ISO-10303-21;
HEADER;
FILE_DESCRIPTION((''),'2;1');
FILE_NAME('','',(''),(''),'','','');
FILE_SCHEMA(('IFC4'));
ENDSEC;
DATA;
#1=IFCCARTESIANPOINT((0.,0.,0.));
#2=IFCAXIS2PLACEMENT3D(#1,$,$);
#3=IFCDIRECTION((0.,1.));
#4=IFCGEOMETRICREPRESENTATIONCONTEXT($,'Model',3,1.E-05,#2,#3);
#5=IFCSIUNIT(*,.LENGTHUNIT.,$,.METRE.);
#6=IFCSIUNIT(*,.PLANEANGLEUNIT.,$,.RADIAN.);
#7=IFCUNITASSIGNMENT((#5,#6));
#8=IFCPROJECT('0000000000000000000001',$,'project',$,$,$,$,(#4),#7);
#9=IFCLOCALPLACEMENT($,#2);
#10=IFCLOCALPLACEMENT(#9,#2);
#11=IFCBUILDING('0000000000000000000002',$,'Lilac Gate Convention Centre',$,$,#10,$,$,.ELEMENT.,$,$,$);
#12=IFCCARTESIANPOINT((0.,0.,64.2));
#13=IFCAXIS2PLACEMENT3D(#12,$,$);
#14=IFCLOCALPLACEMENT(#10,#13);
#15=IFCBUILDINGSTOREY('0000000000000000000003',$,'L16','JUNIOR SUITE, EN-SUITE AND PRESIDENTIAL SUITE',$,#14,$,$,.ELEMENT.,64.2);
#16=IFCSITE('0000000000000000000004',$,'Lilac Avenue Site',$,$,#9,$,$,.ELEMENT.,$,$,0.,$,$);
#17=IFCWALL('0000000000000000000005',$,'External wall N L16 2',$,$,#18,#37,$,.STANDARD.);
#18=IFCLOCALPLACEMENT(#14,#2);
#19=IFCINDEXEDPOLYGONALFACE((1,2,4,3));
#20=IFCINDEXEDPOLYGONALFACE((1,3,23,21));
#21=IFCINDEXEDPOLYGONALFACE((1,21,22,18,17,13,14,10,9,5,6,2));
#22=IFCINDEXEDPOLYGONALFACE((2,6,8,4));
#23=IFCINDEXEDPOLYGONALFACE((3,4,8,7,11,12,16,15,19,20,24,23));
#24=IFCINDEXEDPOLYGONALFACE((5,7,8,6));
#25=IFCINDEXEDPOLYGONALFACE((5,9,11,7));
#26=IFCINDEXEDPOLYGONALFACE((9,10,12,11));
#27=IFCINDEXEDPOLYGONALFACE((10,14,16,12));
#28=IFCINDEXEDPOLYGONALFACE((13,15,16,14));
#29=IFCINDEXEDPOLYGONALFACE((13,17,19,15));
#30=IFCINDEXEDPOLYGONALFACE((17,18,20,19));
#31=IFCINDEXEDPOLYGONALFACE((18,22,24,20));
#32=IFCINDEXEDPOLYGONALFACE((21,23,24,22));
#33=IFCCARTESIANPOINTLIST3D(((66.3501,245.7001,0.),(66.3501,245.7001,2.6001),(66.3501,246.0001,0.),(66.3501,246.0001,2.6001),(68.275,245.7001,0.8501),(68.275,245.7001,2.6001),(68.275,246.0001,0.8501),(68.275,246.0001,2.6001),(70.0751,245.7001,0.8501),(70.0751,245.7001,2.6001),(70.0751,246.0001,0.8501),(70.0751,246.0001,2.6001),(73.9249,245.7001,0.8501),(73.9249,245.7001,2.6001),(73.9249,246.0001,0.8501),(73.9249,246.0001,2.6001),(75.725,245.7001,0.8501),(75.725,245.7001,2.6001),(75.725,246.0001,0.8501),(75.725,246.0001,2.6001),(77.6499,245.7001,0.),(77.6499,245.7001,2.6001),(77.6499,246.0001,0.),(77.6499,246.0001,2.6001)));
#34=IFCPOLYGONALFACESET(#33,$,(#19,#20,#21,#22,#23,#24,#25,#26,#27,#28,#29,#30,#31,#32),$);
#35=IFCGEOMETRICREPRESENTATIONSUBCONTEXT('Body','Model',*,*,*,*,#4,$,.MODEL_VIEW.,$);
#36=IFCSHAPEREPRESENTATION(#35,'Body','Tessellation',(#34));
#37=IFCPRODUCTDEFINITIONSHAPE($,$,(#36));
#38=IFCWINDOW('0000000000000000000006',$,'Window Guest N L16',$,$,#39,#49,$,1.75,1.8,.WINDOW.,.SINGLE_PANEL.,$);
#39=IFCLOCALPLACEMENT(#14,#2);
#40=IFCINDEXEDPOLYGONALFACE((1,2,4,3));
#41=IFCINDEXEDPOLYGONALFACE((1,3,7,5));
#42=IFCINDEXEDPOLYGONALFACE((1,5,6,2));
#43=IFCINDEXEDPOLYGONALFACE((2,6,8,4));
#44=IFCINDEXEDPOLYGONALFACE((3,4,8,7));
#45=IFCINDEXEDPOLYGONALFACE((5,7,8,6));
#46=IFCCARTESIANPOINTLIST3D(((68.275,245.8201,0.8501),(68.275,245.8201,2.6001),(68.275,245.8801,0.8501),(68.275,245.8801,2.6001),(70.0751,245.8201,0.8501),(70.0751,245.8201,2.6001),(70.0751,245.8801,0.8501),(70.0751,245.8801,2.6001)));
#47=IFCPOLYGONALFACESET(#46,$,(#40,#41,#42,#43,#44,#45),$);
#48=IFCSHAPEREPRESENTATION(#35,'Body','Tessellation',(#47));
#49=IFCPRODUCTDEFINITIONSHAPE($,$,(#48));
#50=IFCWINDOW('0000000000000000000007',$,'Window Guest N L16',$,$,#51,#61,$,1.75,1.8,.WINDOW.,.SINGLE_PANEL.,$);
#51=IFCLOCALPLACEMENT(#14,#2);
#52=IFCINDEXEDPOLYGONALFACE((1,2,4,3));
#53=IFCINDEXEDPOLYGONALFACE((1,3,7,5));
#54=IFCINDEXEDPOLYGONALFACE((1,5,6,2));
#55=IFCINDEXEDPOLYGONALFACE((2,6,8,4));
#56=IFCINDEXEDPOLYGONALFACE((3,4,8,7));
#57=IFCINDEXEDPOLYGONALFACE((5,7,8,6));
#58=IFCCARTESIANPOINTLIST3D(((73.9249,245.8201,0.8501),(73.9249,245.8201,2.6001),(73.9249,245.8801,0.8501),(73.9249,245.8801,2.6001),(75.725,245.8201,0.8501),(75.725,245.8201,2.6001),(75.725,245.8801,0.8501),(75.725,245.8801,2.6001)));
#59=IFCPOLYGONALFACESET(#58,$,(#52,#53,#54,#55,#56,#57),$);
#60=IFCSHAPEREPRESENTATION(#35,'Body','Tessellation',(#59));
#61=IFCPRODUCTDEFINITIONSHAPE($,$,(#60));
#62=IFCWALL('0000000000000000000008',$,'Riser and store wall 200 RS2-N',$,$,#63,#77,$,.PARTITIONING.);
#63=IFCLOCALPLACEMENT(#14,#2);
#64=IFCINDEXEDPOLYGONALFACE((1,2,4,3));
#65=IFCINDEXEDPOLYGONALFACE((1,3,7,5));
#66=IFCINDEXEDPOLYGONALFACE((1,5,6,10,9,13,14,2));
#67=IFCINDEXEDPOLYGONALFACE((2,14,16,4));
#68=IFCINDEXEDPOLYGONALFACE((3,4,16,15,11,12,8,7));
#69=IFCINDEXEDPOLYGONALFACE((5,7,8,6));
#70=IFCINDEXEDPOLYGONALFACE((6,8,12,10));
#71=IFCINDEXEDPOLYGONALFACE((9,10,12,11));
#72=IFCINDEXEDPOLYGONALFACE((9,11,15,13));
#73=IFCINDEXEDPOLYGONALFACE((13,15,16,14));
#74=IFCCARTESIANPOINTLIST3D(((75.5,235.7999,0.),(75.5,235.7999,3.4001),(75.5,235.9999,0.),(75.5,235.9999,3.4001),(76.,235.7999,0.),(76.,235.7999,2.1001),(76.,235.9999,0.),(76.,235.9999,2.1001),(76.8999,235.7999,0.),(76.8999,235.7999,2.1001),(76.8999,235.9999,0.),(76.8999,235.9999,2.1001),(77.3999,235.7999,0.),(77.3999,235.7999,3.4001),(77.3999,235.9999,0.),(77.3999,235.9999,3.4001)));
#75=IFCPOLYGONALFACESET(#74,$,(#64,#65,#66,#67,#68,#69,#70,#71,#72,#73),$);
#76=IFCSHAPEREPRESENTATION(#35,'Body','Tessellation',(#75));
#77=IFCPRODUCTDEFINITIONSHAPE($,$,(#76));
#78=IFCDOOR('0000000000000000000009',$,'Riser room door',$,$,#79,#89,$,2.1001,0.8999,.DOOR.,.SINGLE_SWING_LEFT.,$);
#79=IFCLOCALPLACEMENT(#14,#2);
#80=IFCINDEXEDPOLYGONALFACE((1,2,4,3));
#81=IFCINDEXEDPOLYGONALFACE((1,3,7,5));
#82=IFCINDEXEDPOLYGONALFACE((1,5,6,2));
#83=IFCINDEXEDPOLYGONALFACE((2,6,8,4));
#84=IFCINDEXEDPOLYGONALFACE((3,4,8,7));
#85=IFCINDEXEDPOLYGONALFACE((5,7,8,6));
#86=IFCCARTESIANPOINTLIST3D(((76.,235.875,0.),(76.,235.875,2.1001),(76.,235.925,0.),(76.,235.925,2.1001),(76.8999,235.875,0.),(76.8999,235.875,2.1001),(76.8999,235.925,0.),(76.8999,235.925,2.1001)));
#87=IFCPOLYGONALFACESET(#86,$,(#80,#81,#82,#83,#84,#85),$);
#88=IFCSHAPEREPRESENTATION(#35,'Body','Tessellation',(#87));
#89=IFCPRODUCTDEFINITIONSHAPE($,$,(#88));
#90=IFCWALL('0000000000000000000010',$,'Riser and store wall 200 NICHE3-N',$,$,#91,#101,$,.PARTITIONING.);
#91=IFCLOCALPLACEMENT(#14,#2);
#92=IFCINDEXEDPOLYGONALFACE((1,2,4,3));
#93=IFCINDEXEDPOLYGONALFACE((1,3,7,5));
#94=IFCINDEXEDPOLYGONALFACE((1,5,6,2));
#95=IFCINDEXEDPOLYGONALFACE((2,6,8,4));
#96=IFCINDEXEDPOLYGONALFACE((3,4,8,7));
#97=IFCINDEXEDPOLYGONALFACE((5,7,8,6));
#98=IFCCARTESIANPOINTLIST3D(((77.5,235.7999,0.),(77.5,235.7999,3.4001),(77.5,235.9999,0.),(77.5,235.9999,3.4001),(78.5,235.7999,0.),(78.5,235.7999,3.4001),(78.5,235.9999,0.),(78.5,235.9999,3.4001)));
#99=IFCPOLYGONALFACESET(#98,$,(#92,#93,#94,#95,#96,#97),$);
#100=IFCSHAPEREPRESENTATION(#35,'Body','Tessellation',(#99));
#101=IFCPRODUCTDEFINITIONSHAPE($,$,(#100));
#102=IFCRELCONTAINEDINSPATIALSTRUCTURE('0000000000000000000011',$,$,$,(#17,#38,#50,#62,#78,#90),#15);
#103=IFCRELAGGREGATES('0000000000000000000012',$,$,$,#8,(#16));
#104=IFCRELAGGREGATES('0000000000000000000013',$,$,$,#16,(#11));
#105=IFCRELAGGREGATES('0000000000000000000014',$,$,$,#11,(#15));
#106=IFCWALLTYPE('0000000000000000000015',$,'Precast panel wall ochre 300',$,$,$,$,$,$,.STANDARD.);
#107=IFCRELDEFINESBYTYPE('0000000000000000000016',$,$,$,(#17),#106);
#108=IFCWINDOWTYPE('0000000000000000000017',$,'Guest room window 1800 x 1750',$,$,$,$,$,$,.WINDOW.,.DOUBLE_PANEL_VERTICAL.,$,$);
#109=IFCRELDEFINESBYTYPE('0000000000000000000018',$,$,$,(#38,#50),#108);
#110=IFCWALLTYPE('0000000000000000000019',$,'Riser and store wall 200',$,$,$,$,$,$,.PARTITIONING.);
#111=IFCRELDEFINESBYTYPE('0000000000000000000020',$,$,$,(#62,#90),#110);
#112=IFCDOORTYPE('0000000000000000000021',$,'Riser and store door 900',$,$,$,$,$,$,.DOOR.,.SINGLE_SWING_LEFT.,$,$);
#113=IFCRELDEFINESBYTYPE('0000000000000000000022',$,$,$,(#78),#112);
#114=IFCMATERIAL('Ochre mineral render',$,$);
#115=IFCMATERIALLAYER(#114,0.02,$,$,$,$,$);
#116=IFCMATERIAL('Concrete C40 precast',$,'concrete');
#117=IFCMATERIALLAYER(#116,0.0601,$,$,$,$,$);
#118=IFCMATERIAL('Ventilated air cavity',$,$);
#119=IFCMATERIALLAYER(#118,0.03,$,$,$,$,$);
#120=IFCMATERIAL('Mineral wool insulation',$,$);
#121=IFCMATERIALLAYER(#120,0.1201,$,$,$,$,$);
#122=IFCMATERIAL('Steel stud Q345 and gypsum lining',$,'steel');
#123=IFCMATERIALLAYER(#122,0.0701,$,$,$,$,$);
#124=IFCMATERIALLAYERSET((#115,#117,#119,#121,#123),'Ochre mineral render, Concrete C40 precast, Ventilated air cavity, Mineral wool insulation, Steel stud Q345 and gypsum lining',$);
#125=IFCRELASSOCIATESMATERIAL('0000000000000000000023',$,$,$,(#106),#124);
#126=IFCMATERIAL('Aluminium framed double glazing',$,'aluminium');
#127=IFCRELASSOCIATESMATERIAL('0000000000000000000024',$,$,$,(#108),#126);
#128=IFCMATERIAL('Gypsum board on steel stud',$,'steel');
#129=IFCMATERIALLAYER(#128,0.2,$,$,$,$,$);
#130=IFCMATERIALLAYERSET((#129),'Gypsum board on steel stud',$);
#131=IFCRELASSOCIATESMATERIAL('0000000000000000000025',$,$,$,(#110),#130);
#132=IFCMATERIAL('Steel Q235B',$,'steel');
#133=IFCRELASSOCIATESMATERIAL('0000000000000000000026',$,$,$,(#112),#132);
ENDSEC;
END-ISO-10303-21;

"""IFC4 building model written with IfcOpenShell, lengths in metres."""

from ifc_helpers import new_model, si_unit, direction, frame, frame_2d, origin, place, context, subcontext, project, spatial, rectangle, extrude, material, layer, layer_set, type_object, element, fill, save


model = new_model("IFC4")

# Units and contexts
model_context = context("Model", 3, precision=1e-05, world=origin(), true_north=direction((0.0, 1.0)))
body_context = subcontext(model_context, "Body", "Model", "MODEL_VIEW")
ifc_project = project(units=[si_unit("LENGTHUNIT", "METRE"), si_unit("PLANEANGLEUNIT", "RADIAN")], contexts=[model_context])

# Site, building, storey
site_placement = place(None, origin())
site = spatial("IfcSite", under=ifc_project, at=site_placement, Name="Lilac Avenue Site", CompositionType="ELEMENT", RefElevation=0.0)
building_placement = place(site_placement, origin())
building = spatial("IfcBuilding", under=site, at=building_placement, Name="Lilac Gate Convention Centre", CompositionType="ELEMENT")
storey_placement = place(building_placement, frame((0.0, 0.0, 64.2)))
storey = spatial("IfcBuildingStorey", under=building, at=storey_placement, Name="L16", Description="JUNIOR SUITE, EN-SUITE AND PRESIDENTIAL SUITE", CompositionType="ELEMENT", Elevation=64.2)

# Shared definitions
ifc_material_1 = material(Name="Gypsum board on steel stud", Category="steel")

# Shared definitions
ifc_material_2 = material(Name="Concrete C40 precast", Category="concrete")

# Wall, openings, windows
ifc_material_3 = material(Name="Ochre mineral render")
ifc_layer_1 = layer(ifc_material_3, 0.02)
ifc_layer_2 = layer(ifc_material_2, 0.0601)
ifc_material_4 = material(Name="Ventilated air cavity")
ifc_layer_3 = layer(ifc_material_4, 0.03)
ifc_material_5 = material(Name="Mineral wool insulation")
ifc_layer_4 = layer(ifc_material_5, 0.1201)
ifc_material_6 = material(Name="Steel stud Q345 and gypsum lining", Category="steel")
ifc_layer_5 = layer(ifc_material_6, 0.0701)
ifc_layer_set_1 = layer_set([ifc_layer_1, ifc_layer_2, ifc_layer_3, ifc_layer_4, ifc_layer_5], Name="Ochre mineral render, Concrete C40 precast, Ventilated air cavity, Mineral wool insulation, Steel stud Q345 and gypsum lining")
wall_type_1 = type_object("IfcWallType", Name="Precast panel wall ochre 300", PredefinedType="STANDARD", material=ifc_layer_set_1)
wall_1_placement = place(storey_placement, frame((77.6499, 245.8501, 0.0), z_axis=(0.0, 0.0, 1.0), x_axis=(-1.0, 0.0, 0.0)))
wall_1 = element("IfcWall", 1, at=wall_1_placement, inside=storey, type_object=wall_type_1, Name="External wall N L16 2", PredefinedType="STANDARD", context=body_context, shape_type="SweptSolid", body=[
    extrude(rectangle(XDim=11.2998, YDim=0.3, at=frame_2d((5.6499, 0.0))), origin(), (0.0, 0.0, 1.0), 2.6001),
])
opening_1_placement = place(wall_1_placement, frame((7.575, 0.0, 0.8501)))
opening_1 = element("IfcOpeningElement", 2, at=opening_1_placement, cuts=wall_1, PredefinedType="OPENING", context=body_context, shape_type="SweptSolid", body=[
    extrude(rectangle(XDim=1.8, YDim=1.75, at=frame_2d((0.8999, 0.875))), frame((0.0, 0.1599, 0.0), z_axis=(0.0, -1.0, 0.0), x_axis=(1.0, 0.0, 0.0)), (0.0, 0.0, 1.0), 0.3201),
])
opening_2_placement = place(wall_1_placement, frame((1.925, 0.0, 0.8501)))
opening_2 = element("IfcOpeningElement", 3, at=opening_2_placement, cuts=wall_1, PredefinedType="OPENING", context=body_context, shape_type="SweptSolid", body=[
    extrude(rectangle(XDim=1.8, YDim=1.75, at=frame_2d((0.8999, 0.875))), frame((0.0, 0.1599, 0.0), z_axis=(0.0, -1.0, 0.0), x_axis=(1.0, 0.0, 0.0)), (0.0, 0.0, 1.0), 0.3201),
])
ifc_material_7 = material(Name="Aluminium framed double glazing", Category="aluminium")
window_type = type_object("IfcWindowType", Name="Guest room window 1800 x 1750", PartitioningType="DOUBLE_PANEL_VERTICAL", PredefinedType="WINDOW", material=ifc_material_7)
window_1_placement = place(opening_1_placement, origin())
window_1 = element("IfcWindow", 4, at=window_1_placement, inside=storey, type_object=window_type, Name="Window Guest N L16", OverallHeight=1.75, OverallWidth=1.8, PartitioningType="SINGLE_PANEL", PredefinedType="WINDOW", context=body_context, shape_type="SweptSolid", body=[
    extrude(rectangle(XDim=1.8, YDim=1.75, at=frame_2d((0.8999, 0.875))), frame((0.0, 0.03, 0.0), z_axis=(0.0, -1.0, 0.0), x_axis=(1.0, 0.0, 0.0)), (0.0, 0.0, 1.0), 0.0601),
])
fill(opening_1, window_1)
window_2_placement = place(opening_2_placement, origin())
window_2 = element("IfcWindow", 5, at=window_2_placement, inside=storey, type_object=window_type, Name="Window Guest N L16", OverallHeight=1.75, OverallWidth=1.8, PartitioningType="SINGLE_PANEL", PredefinedType="WINDOW", context=body_context, shape_type="SweptSolid", body=[
    extrude(rectangle(XDim=1.8, YDim=1.75, at=frame_2d((0.8999, 0.875))), frame((0.0, 0.03, 0.0), z_axis=(0.0, -1.0, 0.0), x_axis=(1.0, 0.0, 0.0)), (0.0, 0.0, 1.0), 0.0601),
])
fill(opening_2, window_2)

# Wall, opening, door
ifc_layer_6 = layer(ifc_material_1, 0.2)
ifc_layer_set_2 = layer_set([ifc_layer_6], Name="Gypsum board on steel stud")
wall_type_2 = type_object("IfcWallType", Name="Riser and store wall 200", PredefinedType="PARTITIONING", material=ifc_layer_set_2)
wall_2_placement = place(storey_placement, frame((77.3999, 235.8999, 0.0), z_axis=(0.0, 0.0, 1.0), x_axis=(-1.0, 0.0, 0.0)))
wall_2 = element("IfcWall", 6, at=wall_2_placement, inside=storey, type_object=wall_type_2, Name="Riser and store wall 200 RS2-N", PredefinedType="PARTITIONING", context=body_context, shape_type="SweptSolid", body=[
    extrude(rectangle(XDim=1.8999, YDim=0.2, at=frame_2d((0.95, 0.0))), origin(), (0.0, 0.0, 1.0), 3.4001),
])
opening_3_placement = place(wall_2_placement, frame((0.5, 0.0, 0.0)))
opening_3 = element("IfcOpeningElement", 7, at=opening_3_placement, cuts=wall_2, PredefinedType="OPENING", context=body_context, shape_type="SweptSolid", body=[
    extrude(rectangle(XDim=0.8999, YDim=2.1001, at=frame_2d((0.45, 1.05))), frame((0.0, 0.1099, 0.0), z_axis=(0.0, -1.0, 0.0), x_axis=(1.0, 0.0, 0.0)), (0.0, 0.0, 1.0), 0.22),
])
ifc_material_8 = material(Name="Steel Q235B", Category="steel")
door_type_1 = type_object("IfcDoorType", Name="Riser and store door 900", OperationType="SINGLE_SWING_LEFT", PredefinedType="DOOR", material=ifc_material_8)
door_1_placement = place(opening_3_placement, origin())
door_1 = element("IfcDoor", 8, at=door_1_placement, inside=storey, type_object=door_type_1, Name="Riser room door", OperationType="SINGLE_SWING_LEFT", OverallHeight=2.1001, OverallWidth=0.8999, PredefinedType="DOOR", context=body_context, shape_type="SweptSolid", body=[
    extrude(rectangle(XDim=0.8999, YDim=2.1001, at=frame_2d((0.45, 1.05))), frame((0.0, 0.0249, 0.0), z_axis=(0.0, -1.0, 0.0), x_axis=(1.0, 0.0, 0.0)), (0.0, 0.0, 1.0), 0.05),
])
fill(opening_3, door_1)

# Wall
wall_3_placement = place(storey_placement, frame((77.5, 235.8999, 0.0), z_axis=(0.0, 0.0, 1.0), x_axis=(1.0, 0.0, 0.0)))
element("IfcWall", 9, at=wall_3_placement, inside=storey, type_object=wall_type_2, Name="Riser and store wall 200 NICHE3-N", PredefinedType="PARTITIONING", context=body_context, shape_type="SweptSolid", body=[
    extrude(rectangle(XDim=1.0, YDim=0.2, at=frame_2d((0.5, 0.0))), origin(), (0.0, 0.0, 1.0), 3.4001),
])

save(model, "model.ifc")
